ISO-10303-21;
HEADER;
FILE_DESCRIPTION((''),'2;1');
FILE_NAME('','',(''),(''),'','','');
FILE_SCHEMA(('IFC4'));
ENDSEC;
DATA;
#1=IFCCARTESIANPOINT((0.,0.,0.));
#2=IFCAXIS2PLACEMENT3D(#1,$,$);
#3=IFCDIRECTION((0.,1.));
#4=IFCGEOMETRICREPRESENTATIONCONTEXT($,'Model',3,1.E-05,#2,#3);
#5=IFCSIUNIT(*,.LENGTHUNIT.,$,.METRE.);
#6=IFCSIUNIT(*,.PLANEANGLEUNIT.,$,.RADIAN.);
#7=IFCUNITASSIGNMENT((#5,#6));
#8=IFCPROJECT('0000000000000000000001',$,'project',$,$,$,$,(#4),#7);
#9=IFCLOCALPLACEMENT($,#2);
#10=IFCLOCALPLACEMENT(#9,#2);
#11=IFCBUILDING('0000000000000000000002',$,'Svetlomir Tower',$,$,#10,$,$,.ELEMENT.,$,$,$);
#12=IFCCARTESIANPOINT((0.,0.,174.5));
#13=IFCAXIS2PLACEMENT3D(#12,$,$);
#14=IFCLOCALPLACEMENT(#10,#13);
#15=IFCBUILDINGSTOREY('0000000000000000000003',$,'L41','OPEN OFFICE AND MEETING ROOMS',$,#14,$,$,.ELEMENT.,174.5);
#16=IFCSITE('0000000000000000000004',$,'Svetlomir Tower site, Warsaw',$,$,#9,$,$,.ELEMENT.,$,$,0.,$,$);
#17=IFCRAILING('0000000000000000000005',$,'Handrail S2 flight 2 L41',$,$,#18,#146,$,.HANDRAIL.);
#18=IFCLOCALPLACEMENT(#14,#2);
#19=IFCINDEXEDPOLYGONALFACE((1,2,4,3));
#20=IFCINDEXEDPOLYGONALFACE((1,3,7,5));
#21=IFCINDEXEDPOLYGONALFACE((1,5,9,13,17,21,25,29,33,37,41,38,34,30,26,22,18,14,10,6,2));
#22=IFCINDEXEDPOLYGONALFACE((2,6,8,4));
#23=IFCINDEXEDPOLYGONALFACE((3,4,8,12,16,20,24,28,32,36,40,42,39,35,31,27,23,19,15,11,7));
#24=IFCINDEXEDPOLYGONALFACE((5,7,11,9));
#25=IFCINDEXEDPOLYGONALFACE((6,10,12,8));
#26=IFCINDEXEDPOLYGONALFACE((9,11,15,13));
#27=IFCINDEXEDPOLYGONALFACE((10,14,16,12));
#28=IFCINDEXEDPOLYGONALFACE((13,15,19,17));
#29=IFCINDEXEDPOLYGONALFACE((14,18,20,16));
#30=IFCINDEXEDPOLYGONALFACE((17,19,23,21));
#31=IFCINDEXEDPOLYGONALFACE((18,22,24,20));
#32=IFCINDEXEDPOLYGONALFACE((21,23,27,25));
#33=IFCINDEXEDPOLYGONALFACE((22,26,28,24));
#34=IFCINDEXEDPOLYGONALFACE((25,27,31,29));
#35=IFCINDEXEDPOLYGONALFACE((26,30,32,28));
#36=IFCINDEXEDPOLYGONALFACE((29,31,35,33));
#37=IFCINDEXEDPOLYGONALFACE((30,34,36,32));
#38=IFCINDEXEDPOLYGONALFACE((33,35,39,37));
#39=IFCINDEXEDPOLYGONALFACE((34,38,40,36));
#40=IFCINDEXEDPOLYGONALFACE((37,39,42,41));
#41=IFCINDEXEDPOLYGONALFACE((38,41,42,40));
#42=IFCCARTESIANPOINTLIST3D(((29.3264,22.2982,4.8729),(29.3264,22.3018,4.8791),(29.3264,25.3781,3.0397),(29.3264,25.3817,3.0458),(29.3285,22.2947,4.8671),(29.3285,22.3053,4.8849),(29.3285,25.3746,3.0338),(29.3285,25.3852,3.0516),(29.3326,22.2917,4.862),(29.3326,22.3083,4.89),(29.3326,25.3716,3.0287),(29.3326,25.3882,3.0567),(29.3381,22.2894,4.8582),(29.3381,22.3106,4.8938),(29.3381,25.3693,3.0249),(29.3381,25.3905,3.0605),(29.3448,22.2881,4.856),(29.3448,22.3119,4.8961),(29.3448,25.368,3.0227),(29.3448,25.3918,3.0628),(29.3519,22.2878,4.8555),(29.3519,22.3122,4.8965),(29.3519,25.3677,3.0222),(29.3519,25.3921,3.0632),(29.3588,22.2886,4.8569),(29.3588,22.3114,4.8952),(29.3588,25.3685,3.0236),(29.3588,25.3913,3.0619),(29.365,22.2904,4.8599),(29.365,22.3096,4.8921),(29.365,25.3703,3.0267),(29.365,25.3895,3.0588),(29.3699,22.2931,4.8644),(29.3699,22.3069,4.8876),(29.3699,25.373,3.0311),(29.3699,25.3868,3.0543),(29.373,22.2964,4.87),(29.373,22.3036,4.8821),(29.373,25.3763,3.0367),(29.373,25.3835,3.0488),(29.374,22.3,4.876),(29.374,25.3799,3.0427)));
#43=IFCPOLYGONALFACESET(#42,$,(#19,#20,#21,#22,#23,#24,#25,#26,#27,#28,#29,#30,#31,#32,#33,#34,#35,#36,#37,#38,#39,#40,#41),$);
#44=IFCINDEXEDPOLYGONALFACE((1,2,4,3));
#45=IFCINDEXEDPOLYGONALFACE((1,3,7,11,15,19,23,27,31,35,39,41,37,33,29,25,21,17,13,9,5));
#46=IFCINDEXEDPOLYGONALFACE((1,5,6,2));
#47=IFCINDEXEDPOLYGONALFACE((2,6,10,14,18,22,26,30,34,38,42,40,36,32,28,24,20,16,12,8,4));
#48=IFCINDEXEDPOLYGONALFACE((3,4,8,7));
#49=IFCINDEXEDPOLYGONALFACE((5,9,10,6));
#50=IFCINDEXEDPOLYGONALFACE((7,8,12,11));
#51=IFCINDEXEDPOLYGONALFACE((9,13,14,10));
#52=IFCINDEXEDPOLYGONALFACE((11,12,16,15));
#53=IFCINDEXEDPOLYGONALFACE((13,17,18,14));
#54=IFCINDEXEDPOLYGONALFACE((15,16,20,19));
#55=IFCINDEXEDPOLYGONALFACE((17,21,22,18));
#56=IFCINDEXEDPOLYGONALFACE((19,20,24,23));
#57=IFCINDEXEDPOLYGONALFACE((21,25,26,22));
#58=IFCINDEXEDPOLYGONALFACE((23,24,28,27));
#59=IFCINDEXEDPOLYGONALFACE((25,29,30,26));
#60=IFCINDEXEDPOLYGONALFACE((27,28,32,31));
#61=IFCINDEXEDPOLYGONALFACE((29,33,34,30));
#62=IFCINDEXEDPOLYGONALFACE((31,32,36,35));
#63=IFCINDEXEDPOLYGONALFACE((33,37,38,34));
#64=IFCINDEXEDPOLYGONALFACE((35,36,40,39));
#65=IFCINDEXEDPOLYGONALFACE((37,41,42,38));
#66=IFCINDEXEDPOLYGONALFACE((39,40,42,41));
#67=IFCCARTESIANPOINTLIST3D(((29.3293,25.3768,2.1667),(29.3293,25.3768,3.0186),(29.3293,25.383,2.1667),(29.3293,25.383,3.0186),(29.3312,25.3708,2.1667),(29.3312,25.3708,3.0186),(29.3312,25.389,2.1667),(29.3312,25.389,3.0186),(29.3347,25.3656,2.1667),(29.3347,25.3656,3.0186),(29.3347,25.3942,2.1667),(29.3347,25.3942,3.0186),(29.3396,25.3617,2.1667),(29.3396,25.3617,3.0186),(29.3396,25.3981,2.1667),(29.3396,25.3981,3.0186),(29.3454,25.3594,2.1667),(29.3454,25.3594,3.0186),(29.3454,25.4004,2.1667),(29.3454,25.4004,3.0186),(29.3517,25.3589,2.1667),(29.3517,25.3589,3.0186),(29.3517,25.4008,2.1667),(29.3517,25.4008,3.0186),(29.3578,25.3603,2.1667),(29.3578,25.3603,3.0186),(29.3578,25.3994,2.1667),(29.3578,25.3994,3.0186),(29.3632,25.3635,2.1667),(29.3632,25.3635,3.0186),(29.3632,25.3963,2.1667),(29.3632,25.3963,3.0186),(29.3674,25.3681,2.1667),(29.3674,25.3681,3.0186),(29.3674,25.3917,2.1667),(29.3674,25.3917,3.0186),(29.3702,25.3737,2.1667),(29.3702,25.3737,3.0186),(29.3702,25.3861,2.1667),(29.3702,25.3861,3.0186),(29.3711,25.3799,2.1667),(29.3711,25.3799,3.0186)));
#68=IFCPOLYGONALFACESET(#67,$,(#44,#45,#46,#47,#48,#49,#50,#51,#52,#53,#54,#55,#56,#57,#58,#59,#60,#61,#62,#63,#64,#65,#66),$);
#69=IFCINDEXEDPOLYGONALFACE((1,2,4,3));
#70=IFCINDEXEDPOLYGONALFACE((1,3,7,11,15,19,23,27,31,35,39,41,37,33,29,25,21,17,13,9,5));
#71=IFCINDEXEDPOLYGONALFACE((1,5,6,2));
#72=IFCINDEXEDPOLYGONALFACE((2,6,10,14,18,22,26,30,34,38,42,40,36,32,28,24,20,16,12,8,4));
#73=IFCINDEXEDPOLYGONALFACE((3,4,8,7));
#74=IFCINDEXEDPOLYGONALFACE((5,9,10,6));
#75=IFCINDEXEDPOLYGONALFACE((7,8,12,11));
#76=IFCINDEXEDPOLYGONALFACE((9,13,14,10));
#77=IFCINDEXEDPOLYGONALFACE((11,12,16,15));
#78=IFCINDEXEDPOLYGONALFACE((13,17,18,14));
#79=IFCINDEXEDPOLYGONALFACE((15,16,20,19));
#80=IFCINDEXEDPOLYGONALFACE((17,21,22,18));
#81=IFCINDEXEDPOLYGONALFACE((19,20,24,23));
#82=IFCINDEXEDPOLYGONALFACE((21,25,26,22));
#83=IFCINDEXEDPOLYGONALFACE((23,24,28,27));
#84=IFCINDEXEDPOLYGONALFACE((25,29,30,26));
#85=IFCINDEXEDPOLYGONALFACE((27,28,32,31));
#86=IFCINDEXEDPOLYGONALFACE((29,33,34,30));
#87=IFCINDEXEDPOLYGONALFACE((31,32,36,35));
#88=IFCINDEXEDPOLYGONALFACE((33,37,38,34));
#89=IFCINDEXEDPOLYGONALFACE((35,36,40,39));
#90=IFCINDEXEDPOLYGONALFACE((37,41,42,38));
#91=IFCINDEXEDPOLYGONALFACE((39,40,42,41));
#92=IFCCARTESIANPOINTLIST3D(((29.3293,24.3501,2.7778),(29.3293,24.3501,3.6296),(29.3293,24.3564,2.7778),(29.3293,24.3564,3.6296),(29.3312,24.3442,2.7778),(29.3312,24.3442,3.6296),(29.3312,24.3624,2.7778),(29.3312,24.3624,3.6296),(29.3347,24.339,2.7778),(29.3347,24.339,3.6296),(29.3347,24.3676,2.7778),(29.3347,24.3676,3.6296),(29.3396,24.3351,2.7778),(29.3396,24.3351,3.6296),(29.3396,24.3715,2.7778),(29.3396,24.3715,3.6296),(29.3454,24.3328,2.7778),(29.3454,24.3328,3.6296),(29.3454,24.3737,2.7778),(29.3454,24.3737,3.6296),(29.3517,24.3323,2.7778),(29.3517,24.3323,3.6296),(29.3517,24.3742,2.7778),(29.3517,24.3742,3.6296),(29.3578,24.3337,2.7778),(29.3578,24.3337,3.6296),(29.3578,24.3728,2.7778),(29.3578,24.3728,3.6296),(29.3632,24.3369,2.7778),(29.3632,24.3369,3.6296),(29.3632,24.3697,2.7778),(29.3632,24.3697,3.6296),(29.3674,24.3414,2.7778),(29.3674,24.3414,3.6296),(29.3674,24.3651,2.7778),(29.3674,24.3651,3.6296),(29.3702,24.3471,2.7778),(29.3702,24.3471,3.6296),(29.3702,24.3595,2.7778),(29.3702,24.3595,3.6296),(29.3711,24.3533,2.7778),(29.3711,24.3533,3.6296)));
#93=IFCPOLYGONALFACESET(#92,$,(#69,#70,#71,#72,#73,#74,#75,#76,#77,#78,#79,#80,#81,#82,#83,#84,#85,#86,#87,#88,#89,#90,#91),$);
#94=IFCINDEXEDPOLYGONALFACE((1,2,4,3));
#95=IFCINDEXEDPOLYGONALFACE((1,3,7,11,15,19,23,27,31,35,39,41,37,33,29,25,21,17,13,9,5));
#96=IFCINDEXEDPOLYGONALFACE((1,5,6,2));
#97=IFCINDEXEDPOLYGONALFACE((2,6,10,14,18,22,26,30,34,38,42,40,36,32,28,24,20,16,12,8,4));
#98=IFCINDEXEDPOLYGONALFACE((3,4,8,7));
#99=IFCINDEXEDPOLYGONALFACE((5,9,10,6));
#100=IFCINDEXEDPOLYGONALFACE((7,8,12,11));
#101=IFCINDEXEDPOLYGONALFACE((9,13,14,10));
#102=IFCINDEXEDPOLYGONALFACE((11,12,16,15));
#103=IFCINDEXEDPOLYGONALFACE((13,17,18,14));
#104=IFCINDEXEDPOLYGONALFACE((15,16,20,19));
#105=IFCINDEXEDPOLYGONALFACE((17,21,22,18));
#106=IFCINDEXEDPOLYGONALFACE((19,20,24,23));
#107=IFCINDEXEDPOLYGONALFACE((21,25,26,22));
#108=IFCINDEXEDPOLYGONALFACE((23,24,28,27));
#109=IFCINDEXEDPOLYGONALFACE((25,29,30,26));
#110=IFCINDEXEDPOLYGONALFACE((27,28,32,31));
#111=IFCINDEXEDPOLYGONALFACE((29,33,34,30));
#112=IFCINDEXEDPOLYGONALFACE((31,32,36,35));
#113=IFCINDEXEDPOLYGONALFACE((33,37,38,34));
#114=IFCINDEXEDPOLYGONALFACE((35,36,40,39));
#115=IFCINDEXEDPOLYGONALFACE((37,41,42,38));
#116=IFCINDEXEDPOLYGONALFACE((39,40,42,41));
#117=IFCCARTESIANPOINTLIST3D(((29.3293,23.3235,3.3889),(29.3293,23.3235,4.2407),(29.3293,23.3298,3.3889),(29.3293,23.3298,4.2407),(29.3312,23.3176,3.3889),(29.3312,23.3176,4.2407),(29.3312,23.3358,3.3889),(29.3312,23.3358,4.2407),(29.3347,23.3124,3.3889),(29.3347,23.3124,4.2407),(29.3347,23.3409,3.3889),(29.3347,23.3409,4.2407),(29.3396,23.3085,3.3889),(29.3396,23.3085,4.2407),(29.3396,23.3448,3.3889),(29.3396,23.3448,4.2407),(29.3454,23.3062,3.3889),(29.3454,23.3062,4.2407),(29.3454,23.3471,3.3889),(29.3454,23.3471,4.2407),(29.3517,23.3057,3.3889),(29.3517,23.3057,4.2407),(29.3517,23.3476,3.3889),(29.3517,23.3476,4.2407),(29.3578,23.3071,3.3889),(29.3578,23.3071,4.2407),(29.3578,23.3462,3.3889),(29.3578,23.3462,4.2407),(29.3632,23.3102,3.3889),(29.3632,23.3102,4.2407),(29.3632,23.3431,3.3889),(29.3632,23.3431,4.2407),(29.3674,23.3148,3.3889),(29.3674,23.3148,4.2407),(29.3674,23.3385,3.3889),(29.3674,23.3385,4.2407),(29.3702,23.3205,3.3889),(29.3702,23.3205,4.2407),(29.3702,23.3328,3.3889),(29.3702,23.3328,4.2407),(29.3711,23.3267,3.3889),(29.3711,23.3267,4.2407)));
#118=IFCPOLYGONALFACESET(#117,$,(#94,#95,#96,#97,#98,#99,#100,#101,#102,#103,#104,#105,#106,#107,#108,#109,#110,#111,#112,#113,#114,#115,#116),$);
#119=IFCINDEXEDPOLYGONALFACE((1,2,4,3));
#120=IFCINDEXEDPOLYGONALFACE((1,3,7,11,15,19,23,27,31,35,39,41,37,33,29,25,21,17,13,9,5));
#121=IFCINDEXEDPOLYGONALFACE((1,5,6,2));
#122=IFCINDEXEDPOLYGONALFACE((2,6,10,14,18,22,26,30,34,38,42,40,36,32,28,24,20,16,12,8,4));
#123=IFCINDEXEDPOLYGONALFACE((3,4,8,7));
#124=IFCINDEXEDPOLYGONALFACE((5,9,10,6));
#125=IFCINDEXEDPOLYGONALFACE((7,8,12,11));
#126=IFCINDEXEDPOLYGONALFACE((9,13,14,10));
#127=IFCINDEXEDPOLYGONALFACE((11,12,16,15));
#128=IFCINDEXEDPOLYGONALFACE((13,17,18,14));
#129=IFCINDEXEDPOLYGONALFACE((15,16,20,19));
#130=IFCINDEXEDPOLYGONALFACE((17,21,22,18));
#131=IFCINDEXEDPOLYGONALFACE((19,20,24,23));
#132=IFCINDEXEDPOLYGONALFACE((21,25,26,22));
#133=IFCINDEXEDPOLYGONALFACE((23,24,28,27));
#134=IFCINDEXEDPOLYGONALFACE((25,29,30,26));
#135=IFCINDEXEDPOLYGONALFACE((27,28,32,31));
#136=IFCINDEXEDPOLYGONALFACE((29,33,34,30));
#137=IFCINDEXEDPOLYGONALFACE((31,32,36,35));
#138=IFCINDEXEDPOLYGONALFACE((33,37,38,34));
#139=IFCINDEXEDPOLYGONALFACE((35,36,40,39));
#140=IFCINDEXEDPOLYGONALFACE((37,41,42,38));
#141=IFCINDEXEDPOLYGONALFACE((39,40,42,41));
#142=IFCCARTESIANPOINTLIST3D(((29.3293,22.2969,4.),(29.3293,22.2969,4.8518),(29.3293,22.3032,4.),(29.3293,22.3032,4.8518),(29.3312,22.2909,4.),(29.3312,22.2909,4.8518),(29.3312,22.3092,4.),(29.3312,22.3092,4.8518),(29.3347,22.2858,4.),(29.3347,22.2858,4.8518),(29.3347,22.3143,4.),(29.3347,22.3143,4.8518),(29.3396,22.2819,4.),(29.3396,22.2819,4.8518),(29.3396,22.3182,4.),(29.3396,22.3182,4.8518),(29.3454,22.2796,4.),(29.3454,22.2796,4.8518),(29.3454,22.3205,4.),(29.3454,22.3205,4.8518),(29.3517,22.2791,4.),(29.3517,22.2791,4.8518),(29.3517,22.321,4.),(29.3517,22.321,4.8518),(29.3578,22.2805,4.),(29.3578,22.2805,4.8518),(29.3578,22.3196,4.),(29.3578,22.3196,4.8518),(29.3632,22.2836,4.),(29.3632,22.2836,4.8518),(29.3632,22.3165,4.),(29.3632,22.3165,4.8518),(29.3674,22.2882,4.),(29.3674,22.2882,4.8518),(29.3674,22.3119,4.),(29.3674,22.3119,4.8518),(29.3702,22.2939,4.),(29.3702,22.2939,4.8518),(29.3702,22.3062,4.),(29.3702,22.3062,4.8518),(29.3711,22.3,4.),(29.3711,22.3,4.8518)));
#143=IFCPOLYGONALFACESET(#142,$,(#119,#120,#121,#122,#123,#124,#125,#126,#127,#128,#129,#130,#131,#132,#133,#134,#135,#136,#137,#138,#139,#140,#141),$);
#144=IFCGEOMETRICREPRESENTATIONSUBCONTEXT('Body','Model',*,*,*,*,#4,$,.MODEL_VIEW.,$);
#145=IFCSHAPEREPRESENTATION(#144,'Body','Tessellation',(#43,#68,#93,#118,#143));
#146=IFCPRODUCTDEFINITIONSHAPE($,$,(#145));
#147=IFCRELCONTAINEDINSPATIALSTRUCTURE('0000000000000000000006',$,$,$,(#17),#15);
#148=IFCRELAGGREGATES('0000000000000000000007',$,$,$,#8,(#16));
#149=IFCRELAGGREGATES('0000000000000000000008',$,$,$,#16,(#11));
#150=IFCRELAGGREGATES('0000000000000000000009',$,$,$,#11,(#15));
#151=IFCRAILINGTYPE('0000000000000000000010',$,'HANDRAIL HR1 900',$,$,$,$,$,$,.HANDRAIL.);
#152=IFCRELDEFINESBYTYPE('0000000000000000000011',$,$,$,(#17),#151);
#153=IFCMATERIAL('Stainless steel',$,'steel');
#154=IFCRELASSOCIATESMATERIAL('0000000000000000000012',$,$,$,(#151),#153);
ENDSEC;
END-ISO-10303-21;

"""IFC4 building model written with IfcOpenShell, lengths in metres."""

from ifc_helpers import new_model, si_unit, direction, frame, origin, origin_2d, place, context, subcontext, project, spatial, circle, extrude, material, type_object, element, save


model = new_model("IFC4")

# Units and contexts
model_context = context("Model", 3, precision=1e-05, world=origin(), true_north=direction((0.0, 1.0)))
body_context = subcontext(model_context, "Body", "Model", "MODEL_VIEW")
ifc_project = project(units=[si_unit("LENGTHUNIT", "METRE"), si_unit("PLANEANGLEUNIT", "RADIAN")], contexts=[model_context])

# Site, building, storey
site_placement = place(None, origin())
site = spatial("IfcSite", under=ifc_project, at=site_placement, Name="Svetlomir Tower site, Warsaw", CompositionType="ELEMENT", RefElevation=0.0)
building_placement = place(site_placement, origin())
building = spatial("IfcBuilding", under=site, at=building_placement, Name="Svetlomir Tower", CompositionType="ELEMENT")
storey_placement = place(building_placement, frame((0.0, 0.0, 174.5)))
storey = spatial("IfcBuildingStorey", under=building, at=storey_placement, Name="L41", Description="OPEN OFFICE AND MEETING ROOMS", CompositionType="ELEMENT", Elevation=174.5)

# Railing
ifc_material_1 = material(Name="Stainless steel", Category="steel")
railing_type = type_object("IfcRailingType", Name="HANDRAIL HR1 900", PredefinedType="HANDRAIL", material=ifc_material_1)
railing_1_placement = place(storey_placement, frame((29.3501, 25.3799, 2.1667)))
element("IfcRailing", 1, at=railing_1_placement, inside=storey, type_object=railing_type, Name="Handrail S2 flight 2 L41", PredefinedType="HANDRAIL", context=body_context, shape_type="SweptSolid", body=[
    extrude(circle(Radius=0.0239, at=origin_2d()), frame((0.0, 0.0, 0.876), z_axis=(0.0, -0.859291, 0.511487), x_axis=(1.0, 0.0, 0.0)), (0.0, 0.0, 1.0), 3.5842),
    extrude(circle(Radius=0.021, at=origin_2d()), origin(), (0.0, 0.0, 1.0), 0.8518),
    extrude(circle(Radius=0.021, at=origin_2d()), frame((0.0, -1.0266, 0.6111)), (0.0, 0.0, 1.0), 0.8518),
    extrude(circle(Radius=0.021, at=origin_2d()), frame((0.0, -2.0532, 1.2222)), (0.0, 0.0, 1.0), 0.8518),
    extrude(circle(Radius=0.021, at=origin_2d()), frame((0.0, -3.0798, 1.8333)), (0.0, 0.0, 1.0), 0.8518),
])

save(model, "model.ifc")
